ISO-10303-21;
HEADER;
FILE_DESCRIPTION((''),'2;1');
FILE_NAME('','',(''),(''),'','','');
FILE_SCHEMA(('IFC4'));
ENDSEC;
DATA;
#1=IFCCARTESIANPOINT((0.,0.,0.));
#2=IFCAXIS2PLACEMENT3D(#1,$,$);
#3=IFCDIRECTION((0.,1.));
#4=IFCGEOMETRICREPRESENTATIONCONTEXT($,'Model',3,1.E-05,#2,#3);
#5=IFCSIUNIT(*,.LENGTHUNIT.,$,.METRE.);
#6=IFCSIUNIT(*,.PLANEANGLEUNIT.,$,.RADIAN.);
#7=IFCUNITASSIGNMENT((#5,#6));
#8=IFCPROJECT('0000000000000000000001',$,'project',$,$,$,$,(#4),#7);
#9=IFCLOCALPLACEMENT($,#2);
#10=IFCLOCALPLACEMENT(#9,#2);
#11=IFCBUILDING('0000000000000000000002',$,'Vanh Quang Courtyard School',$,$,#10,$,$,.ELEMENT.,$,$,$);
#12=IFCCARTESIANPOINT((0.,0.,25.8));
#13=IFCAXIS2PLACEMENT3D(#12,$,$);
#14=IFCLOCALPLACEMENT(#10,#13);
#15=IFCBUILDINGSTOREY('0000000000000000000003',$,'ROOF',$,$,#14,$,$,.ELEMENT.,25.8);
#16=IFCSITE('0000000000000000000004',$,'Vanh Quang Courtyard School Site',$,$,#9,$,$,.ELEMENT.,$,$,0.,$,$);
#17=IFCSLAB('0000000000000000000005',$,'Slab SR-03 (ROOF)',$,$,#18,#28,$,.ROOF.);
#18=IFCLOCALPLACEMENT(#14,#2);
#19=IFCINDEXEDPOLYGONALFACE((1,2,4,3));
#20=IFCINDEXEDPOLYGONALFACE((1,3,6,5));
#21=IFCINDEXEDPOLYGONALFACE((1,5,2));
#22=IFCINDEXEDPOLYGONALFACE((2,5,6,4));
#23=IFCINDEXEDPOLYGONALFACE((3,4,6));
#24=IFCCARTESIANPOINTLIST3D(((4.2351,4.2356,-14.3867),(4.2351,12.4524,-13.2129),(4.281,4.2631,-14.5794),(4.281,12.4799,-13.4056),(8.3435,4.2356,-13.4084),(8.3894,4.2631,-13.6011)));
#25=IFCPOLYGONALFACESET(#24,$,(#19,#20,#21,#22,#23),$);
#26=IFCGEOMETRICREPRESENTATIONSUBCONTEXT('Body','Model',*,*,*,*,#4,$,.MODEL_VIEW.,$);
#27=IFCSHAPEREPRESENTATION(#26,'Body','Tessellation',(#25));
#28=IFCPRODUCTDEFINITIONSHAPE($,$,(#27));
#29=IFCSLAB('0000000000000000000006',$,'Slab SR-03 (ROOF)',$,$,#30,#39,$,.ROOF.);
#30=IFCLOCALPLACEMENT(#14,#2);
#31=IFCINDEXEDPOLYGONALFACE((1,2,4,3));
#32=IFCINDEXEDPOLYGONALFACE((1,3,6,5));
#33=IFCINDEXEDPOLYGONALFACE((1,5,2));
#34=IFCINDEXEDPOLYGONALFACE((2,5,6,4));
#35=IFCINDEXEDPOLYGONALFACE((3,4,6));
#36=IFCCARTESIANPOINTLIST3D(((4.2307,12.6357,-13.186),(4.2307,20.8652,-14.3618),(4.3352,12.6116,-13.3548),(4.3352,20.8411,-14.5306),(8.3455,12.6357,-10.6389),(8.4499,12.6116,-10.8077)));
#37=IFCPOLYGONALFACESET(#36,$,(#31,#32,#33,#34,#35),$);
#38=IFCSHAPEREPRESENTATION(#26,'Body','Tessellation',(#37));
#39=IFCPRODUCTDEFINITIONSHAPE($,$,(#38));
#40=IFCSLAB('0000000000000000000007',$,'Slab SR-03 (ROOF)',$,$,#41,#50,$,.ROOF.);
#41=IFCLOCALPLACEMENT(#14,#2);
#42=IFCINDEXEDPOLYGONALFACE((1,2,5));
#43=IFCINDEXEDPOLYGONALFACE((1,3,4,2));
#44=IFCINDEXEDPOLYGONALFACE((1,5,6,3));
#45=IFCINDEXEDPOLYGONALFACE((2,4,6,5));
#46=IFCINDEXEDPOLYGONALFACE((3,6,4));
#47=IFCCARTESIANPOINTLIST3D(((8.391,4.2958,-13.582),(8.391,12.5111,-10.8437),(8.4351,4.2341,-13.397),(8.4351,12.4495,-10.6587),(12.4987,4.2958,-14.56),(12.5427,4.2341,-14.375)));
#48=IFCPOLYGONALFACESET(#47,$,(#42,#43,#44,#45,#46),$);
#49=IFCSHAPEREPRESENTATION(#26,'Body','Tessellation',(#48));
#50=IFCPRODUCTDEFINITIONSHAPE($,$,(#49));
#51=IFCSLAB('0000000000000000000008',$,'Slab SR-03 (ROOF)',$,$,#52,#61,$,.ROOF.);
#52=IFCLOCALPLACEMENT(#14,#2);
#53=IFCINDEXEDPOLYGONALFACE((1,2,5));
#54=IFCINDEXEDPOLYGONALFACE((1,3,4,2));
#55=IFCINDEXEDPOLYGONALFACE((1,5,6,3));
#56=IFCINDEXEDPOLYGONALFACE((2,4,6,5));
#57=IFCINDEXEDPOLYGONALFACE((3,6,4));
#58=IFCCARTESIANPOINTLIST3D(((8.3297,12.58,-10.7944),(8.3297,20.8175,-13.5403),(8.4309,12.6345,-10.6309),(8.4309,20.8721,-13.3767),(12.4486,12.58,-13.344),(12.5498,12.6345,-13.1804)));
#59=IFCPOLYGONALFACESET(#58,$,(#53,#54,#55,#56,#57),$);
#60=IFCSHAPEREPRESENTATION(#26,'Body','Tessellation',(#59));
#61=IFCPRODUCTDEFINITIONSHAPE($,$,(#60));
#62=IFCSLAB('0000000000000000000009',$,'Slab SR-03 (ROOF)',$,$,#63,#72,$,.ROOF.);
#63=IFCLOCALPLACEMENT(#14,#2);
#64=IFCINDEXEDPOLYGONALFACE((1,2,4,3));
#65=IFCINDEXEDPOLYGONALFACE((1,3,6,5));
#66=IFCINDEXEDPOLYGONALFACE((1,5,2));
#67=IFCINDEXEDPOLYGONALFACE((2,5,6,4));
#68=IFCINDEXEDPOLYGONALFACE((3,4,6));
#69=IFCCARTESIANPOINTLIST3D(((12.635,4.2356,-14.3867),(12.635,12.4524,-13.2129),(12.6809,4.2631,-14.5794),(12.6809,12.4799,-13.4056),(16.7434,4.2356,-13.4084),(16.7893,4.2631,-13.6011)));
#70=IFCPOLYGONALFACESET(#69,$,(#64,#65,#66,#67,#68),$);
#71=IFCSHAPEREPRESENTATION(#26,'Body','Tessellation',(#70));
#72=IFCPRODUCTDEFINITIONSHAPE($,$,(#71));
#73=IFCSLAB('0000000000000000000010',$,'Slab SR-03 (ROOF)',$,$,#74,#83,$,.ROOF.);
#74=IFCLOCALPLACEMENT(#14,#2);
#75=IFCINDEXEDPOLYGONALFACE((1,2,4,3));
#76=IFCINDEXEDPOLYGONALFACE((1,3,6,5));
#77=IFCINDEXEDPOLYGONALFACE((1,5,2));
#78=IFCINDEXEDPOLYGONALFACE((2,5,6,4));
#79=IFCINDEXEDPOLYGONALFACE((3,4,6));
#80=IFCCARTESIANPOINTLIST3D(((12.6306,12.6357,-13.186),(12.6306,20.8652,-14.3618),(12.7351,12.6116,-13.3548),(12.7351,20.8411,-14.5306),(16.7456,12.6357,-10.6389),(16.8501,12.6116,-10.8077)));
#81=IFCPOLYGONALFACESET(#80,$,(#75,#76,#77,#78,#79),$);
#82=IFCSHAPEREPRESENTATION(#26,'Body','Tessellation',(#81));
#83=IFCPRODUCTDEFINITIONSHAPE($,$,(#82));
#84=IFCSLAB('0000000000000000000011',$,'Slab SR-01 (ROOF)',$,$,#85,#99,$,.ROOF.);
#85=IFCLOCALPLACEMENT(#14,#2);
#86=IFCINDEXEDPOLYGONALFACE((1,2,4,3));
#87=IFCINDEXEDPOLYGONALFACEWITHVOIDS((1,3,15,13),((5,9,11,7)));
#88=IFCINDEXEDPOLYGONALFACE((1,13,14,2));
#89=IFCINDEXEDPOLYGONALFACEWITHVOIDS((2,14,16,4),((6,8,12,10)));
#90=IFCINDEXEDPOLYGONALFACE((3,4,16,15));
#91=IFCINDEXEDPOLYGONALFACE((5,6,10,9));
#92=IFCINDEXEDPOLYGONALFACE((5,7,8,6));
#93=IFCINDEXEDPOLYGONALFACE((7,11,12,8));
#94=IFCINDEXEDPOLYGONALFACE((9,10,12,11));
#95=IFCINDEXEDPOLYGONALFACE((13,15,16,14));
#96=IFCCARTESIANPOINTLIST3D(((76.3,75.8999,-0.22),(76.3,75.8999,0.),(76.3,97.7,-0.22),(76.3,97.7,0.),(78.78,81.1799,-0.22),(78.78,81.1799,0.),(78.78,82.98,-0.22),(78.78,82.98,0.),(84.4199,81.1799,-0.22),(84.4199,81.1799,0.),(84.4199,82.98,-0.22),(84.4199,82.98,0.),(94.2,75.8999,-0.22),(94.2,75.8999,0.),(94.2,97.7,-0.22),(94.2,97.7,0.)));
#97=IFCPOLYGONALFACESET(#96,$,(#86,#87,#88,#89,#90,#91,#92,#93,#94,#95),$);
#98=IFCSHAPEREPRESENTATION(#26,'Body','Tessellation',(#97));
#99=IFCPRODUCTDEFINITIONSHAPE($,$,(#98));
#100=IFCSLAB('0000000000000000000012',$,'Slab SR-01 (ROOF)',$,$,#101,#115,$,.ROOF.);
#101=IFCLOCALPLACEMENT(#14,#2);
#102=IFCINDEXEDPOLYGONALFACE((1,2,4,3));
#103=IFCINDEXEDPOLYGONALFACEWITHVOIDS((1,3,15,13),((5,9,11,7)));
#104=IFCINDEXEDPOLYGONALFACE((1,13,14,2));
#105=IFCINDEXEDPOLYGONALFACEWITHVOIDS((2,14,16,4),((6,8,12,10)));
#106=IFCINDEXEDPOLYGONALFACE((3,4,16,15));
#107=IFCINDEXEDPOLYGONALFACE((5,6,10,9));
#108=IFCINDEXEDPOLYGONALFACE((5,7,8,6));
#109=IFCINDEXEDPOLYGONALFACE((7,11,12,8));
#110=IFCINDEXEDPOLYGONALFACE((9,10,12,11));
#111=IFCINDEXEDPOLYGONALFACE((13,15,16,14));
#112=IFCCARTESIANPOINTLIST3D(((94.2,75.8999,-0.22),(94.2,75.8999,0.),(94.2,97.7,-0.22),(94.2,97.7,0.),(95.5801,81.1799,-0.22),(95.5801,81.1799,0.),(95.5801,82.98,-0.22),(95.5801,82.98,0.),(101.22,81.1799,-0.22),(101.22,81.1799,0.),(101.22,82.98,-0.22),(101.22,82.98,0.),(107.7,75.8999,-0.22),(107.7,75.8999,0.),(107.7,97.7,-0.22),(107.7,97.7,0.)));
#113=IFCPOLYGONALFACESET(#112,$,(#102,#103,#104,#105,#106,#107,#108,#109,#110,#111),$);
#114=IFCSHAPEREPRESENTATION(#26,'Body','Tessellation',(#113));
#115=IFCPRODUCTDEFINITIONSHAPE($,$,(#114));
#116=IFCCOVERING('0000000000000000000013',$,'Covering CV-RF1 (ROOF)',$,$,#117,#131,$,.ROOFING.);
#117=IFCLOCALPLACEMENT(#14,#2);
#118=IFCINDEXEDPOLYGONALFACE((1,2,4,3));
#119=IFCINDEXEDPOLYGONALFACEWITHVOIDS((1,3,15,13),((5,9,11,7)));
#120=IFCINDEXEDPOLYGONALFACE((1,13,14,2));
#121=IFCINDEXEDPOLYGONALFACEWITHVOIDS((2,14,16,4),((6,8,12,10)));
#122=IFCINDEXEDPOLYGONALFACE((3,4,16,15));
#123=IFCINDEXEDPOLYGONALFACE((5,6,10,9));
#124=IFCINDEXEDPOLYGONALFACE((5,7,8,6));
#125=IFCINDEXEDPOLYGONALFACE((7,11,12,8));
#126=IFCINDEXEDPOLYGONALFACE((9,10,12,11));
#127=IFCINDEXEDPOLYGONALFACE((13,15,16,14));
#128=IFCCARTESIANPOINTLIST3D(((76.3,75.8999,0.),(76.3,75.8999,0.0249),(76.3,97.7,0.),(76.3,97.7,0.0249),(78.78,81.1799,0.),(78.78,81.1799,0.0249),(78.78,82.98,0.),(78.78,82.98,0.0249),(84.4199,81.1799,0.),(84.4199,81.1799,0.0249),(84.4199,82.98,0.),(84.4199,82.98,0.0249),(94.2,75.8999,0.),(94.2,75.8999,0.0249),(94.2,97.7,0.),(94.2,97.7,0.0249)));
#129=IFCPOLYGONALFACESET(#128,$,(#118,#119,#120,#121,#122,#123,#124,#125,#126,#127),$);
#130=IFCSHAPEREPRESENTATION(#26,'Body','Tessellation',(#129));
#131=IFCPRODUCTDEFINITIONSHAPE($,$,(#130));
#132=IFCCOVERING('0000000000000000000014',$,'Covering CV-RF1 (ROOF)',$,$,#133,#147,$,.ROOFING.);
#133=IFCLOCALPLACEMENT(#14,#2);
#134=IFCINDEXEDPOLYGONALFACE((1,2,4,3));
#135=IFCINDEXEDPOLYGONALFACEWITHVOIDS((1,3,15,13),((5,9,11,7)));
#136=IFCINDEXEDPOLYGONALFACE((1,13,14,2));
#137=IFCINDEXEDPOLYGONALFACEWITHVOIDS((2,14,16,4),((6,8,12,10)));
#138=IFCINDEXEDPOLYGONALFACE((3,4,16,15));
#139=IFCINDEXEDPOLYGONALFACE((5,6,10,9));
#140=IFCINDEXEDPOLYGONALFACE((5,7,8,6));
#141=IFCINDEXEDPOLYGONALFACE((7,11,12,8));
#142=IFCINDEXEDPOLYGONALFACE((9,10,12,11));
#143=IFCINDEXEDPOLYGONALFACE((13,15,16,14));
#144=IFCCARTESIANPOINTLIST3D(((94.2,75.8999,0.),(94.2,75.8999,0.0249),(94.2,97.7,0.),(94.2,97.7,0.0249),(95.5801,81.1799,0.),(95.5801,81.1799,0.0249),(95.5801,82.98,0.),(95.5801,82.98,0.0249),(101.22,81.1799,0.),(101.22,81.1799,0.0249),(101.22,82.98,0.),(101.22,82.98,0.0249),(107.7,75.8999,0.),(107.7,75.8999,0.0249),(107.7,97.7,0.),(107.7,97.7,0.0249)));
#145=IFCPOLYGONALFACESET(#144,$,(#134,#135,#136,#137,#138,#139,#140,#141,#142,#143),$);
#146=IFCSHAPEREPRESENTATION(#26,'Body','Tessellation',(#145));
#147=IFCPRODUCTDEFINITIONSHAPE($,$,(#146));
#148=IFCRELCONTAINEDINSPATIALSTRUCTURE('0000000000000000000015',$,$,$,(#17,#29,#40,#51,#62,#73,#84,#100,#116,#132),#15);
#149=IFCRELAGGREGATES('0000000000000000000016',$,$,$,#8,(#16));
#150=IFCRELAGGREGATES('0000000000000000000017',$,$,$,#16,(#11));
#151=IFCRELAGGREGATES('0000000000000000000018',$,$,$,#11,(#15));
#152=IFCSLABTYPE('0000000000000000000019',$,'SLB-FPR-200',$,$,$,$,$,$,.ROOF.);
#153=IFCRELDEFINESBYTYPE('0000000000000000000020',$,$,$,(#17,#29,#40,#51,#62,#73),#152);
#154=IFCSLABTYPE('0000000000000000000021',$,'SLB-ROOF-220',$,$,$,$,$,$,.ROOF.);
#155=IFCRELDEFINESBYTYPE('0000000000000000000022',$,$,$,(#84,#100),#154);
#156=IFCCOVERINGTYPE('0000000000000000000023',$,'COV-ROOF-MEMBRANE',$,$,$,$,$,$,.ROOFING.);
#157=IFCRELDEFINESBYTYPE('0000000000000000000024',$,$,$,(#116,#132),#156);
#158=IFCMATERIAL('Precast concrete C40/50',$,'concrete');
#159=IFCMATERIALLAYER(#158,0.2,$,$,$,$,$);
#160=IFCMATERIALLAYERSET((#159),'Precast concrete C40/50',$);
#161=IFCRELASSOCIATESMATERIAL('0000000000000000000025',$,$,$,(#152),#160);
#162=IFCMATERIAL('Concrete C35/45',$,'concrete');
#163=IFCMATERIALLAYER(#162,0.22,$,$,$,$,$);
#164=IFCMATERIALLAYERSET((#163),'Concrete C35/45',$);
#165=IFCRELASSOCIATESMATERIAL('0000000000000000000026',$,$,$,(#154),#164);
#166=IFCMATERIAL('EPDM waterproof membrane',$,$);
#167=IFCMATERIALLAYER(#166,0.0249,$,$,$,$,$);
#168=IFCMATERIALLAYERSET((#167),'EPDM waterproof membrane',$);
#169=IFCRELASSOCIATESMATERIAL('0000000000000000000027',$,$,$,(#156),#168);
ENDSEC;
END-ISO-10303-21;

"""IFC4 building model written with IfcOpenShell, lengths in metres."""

from ifc_helpers import new_model, si_unit, direction, frame, origin, place, context, subcontext, project, spatial, polyline, outline, extrude, material, layer, layer_set, type_object, element, save


model = new_model("IFC4")

# Units and contexts
model_context = context("Model", 3, precision=1e-05, world=origin(), true_north=direction((0.0, 1.0)))
body_context = subcontext(model_context, "Body", "Model", "MODEL_VIEW")
ifc_project = project(units=[si_unit("LENGTHUNIT", "METRE"), si_unit("PLANEANGLEUNIT", "RADIAN")], contexts=[model_context])

# Site, building, storey
site_placement = place(None, origin())
site = spatial("IfcSite", under=ifc_project, at=site_placement, Name="Vanh Quang Courtyard School Site", CompositionType="ELEMENT", RefElevation=0.0)
building_placement = place(site_placement, origin())
building = spatial("IfcBuilding", under=site, at=building_placement, Name="Vanh Quang Courtyard School", CompositionType="ELEMENT")
storey_placement = place(building_placement, frame((0.0, 0.0, 25.8)))
storey = spatial("IfcBuildingStorey", under=building, at=storey_placement, Name="ROOF", CompositionType="ELEMENT", Elevation=25.8)

# Slabs
ifc_material_1 = material(Name="Precast concrete C40/50", Category="concrete")
ifc_layer_1 = layer(ifc_material_1, 0.2)
ifc_layer_set_1 = layer_set([ifc_layer_1], Name="Precast concrete C40/50")
slab_type_1 = type_object("IfcSlabType", Name="SLB-FPR-200", PredefinedType="ROOF", material=ifc_layer_set_1)
slab_1_placement = place(storey_placement, frame((4.2351, 4.2356, -14.3867), z_axis=(-0.229434, -0.137649, 0.963542), x_axis=(0.0, 0.989949, 0.141421)))
element("IfcSlab", 1, at=slab_1_placement, inside=storey, type_object=slab_type_1, Name="Slab SR-03 (ROOF)", PredefinedType="ROOF", context=body_context, shape_type="SweptSolid", body=[
    extrude(outline(polyline([(0.0, 0.0), (8.3002, 0.0), (0.1383, -4.221), (0.0, 0.0)])), origin(), (0.0, 0.0, -1.0), 0.2),
])
slab_2_placement = place(storey_placement, frame((4.2307, 12.6357, -13.186), z_axis=(-0.522498, 0.120596, 0.844069), x_axis=(0.0, 0.989947, -0.141438)))
element("IfcSlab", 2, at=slab_2_placement, inside=storey, type_object=slab_type_1, Name="Slab SR-03 (ROOF)", PredefinedType="ROOF", context=body_context, shape_type="SweptSolid", body=[
    extrude(outline(polyline([(0.0, 0.0), (8.3131, 0.0), (-0.3603, -4.8259), (0.0, 0.0)])), origin(), (0.0, 0.0, -1.0), 0.2),
])
slab_3_placement = place(storey_placement, frame((8.4351, 4.2341, -13.397), z_axis=(0.22033, -0.30844, 0.925375), x_axis=(0.0, 0.948689, 0.316211)))
element("IfcSlab", 3, at=slab_3_placement, inside=storey, type_object=slab_type_1, Name="Slab SR-03 (ROOF)", PredefinedType="ROOF", context=body_context, shape_type="SweptSolid", body=[
    extrude(outline(polyline([(0.0, 0.0), (8.6597, 0.0), (-0.3093, -4.2112), (0.0, 0.0)])), origin(), (0.0, 0.0, -1.0), 0.2),
])
slab_4_placement = place(storey_placement, frame((8.4309, 12.6345, -10.6309), z_axis=(0.506374, 0.272688, 0.818063), x_axis=(0.0, 0.948683, -0.316228)))
element("IfcSlab", 4, at=slab_4_placement, inside=storey, type_object=slab_type_1, Name="Slab SR-03 (ROOF)", PredefinedType="ROOF", context=body_context, shape_type="SweptSolid", body=[
    extrude(outline(polyline([(0.0, 0.0), (8.6831, 0.0), (0.8062, -4.7766), (0.0, 0.0)])), origin(), (0.0, 0.0, -1.0), 0.2),
])
slab_5_placement = place(storey_placement, frame((12.635, 4.2356, -14.3867), z_axis=(-0.229434, -0.137649, 0.963542), x_axis=(0.0, 0.989949, 0.141421)))
element("IfcSlab", 5, at=slab_5_placement, inside=storey, type_object=slab_type_1, Name="Slab SR-03 (ROOF)", PredefinedType="ROOF", context=body_context, shape_type="SweptSolid", body=[
    extrude(outline(polyline([(0.0, 0.0), (8.3002, 0.0), (0.1383, -4.221), (0.0, 0.0)])), origin(), (0.0, 0.0, -1.0), 0.2),
])
slab_6_placement = place(storey_placement, frame((12.6306, 12.6357, -13.186), z_axis=(-0.522475, 0.120598, 0.844083), x_axis=(0.0, 0.989947, -0.141438)))
element("IfcSlab", 6, at=slab_6_placement, inside=storey, type_object=slab_type_1, Name="Slab SR-03 (ROOF)", PredefinedType="ROOF", context=body_context, shape_type="SweptSolid", body=[
    extrude(outline(polyline([(0.0, 0.0), (8.3131, 0.0), (-0.3603, -4.8261), (0.0, 0.0)])), origin(), (0.0, 0.0, -1.0), 0.2),
])
ifc_material_2 = material(Name="Concrete C35/45", Category="concrete")
ifc_layer_2 = layer(ifc_material_2, 0.22)
ifc_layer_set_2 = layer_set([ifc_layer_2], Name="Concrete C35/45")
slab_type_2 = type_object("IfcSlabType", Name="SLB-ROOF-220", PredefinedType="ROOF", material=ifc_layer_set_2)
slab_7_placement = place(storey_placement, frame((0.0, 0.0, -0.22)))
element("IfcSlab", 7, at=slab_7_placement, inside=storey, type_object=slab_type_2, Name="Slab SR-01 (ROOF)", PredefinedType="ROOF", context=body_context, shape_type="SweptSolid", body=[
    extrude(outline(polyline([(94.2, 75.8999), (94.2, 97.7), (76.3, 97.7), (76.3, 75.8999), (94.2, 75.8999)]), holes=[polyline([(78.78, 81.1799), (78.78, 82.98), (84.4199, 82.98), (84.4199, 81.1799), (78.78, 81.1799)])]), origin(), (0.0, 0.0, 1.0), 0.22),
])
slab_8_placement = place(storey_placement, frame((0.0, 0.0, -0.22)))
element("IfcSlab", 8, at=slab_8_placement, inside=storey, type_object=slab_type_2, Name="Slab SR-01 (ROOF)", PredefinedType="ROOF", context=body_context, shape_type="SweptSolid", body=[
    extrude(outline(polyline([(107.7, 97.7), (94.2, 97.7), (94.2, 75.8999), (107.7, 75.8999), (107.7, 97.7)]), holes=[polyline([(95.5801, 81.1799), (95.5801, 82.98), (101.22, 82.98), (101.22, 81.1799), (95.5801, 81.1799)])]), origin(), (0.0, 0.0, 1.0), 0.22),
])

# Coverings
ifc_material_3 = material(Name="EPDM waterproof membrane")
ifc_layer_3 = layer(ifc_material_3, 0.0249)
ifc_layer_set_3 = layer_set([ifc_layer_3], Name="EPDM waterproof membrane")
covering_type = type_object("IfcCoveringType", Name="COV-ROOF-MEMBRANE", PredefinedType="ROOFING", material=ifc_layer_set_3)
covering_1_placement = place(storey_placement, origin())
element("IfcCovering", 9, at=covering_1_placement, inside=storey, type_object=covering_type, Name="Covering CV-RF1 (ROOF)", PredefinedType="ROOFING", context=body_context, shape_type="SweptSolid", body=[
    extrude(outline(polyline([(94.2, 75.8999), (94.2, 97.7), (76.3, 97.7), (76.3, 75.8999), (94.2, 75.8999)]), holes=[polyline([(78.78, 81.1799), (78.78, 82.98), (84.4199, 82.98), (84.4199, 81.1799), (78.78, 81.1799)])]), origin(), (0.0, 0.0, 1.0), 0.0249),
])
covering_2_placement = place(storey_placement, origin())
element("IfcCovering", 10, at=covering_2_placement, inside=storey, type_object=covering_type, Name="Covering CV-RF1 (ROOF)", PredefinedType="ROOFING", context=body_context, shape_type="SweptSolid", body=[
    extrude(outline(polyline([(107.7, 97.7), (94.2, 97.7), (94.2, 75.8999), (107.7, 75.8999), (107.7, 97.7)]), holes=[polyline([(95.5801, 81.1799), (95.5801, 82.98), (101.22, 82.98), (101.22, 81.1799), (95.5801, 81.1799)])]), origin(), (0.0, 0.0, 1.0), 0.0249),
])

save(model, "model.ifc")
